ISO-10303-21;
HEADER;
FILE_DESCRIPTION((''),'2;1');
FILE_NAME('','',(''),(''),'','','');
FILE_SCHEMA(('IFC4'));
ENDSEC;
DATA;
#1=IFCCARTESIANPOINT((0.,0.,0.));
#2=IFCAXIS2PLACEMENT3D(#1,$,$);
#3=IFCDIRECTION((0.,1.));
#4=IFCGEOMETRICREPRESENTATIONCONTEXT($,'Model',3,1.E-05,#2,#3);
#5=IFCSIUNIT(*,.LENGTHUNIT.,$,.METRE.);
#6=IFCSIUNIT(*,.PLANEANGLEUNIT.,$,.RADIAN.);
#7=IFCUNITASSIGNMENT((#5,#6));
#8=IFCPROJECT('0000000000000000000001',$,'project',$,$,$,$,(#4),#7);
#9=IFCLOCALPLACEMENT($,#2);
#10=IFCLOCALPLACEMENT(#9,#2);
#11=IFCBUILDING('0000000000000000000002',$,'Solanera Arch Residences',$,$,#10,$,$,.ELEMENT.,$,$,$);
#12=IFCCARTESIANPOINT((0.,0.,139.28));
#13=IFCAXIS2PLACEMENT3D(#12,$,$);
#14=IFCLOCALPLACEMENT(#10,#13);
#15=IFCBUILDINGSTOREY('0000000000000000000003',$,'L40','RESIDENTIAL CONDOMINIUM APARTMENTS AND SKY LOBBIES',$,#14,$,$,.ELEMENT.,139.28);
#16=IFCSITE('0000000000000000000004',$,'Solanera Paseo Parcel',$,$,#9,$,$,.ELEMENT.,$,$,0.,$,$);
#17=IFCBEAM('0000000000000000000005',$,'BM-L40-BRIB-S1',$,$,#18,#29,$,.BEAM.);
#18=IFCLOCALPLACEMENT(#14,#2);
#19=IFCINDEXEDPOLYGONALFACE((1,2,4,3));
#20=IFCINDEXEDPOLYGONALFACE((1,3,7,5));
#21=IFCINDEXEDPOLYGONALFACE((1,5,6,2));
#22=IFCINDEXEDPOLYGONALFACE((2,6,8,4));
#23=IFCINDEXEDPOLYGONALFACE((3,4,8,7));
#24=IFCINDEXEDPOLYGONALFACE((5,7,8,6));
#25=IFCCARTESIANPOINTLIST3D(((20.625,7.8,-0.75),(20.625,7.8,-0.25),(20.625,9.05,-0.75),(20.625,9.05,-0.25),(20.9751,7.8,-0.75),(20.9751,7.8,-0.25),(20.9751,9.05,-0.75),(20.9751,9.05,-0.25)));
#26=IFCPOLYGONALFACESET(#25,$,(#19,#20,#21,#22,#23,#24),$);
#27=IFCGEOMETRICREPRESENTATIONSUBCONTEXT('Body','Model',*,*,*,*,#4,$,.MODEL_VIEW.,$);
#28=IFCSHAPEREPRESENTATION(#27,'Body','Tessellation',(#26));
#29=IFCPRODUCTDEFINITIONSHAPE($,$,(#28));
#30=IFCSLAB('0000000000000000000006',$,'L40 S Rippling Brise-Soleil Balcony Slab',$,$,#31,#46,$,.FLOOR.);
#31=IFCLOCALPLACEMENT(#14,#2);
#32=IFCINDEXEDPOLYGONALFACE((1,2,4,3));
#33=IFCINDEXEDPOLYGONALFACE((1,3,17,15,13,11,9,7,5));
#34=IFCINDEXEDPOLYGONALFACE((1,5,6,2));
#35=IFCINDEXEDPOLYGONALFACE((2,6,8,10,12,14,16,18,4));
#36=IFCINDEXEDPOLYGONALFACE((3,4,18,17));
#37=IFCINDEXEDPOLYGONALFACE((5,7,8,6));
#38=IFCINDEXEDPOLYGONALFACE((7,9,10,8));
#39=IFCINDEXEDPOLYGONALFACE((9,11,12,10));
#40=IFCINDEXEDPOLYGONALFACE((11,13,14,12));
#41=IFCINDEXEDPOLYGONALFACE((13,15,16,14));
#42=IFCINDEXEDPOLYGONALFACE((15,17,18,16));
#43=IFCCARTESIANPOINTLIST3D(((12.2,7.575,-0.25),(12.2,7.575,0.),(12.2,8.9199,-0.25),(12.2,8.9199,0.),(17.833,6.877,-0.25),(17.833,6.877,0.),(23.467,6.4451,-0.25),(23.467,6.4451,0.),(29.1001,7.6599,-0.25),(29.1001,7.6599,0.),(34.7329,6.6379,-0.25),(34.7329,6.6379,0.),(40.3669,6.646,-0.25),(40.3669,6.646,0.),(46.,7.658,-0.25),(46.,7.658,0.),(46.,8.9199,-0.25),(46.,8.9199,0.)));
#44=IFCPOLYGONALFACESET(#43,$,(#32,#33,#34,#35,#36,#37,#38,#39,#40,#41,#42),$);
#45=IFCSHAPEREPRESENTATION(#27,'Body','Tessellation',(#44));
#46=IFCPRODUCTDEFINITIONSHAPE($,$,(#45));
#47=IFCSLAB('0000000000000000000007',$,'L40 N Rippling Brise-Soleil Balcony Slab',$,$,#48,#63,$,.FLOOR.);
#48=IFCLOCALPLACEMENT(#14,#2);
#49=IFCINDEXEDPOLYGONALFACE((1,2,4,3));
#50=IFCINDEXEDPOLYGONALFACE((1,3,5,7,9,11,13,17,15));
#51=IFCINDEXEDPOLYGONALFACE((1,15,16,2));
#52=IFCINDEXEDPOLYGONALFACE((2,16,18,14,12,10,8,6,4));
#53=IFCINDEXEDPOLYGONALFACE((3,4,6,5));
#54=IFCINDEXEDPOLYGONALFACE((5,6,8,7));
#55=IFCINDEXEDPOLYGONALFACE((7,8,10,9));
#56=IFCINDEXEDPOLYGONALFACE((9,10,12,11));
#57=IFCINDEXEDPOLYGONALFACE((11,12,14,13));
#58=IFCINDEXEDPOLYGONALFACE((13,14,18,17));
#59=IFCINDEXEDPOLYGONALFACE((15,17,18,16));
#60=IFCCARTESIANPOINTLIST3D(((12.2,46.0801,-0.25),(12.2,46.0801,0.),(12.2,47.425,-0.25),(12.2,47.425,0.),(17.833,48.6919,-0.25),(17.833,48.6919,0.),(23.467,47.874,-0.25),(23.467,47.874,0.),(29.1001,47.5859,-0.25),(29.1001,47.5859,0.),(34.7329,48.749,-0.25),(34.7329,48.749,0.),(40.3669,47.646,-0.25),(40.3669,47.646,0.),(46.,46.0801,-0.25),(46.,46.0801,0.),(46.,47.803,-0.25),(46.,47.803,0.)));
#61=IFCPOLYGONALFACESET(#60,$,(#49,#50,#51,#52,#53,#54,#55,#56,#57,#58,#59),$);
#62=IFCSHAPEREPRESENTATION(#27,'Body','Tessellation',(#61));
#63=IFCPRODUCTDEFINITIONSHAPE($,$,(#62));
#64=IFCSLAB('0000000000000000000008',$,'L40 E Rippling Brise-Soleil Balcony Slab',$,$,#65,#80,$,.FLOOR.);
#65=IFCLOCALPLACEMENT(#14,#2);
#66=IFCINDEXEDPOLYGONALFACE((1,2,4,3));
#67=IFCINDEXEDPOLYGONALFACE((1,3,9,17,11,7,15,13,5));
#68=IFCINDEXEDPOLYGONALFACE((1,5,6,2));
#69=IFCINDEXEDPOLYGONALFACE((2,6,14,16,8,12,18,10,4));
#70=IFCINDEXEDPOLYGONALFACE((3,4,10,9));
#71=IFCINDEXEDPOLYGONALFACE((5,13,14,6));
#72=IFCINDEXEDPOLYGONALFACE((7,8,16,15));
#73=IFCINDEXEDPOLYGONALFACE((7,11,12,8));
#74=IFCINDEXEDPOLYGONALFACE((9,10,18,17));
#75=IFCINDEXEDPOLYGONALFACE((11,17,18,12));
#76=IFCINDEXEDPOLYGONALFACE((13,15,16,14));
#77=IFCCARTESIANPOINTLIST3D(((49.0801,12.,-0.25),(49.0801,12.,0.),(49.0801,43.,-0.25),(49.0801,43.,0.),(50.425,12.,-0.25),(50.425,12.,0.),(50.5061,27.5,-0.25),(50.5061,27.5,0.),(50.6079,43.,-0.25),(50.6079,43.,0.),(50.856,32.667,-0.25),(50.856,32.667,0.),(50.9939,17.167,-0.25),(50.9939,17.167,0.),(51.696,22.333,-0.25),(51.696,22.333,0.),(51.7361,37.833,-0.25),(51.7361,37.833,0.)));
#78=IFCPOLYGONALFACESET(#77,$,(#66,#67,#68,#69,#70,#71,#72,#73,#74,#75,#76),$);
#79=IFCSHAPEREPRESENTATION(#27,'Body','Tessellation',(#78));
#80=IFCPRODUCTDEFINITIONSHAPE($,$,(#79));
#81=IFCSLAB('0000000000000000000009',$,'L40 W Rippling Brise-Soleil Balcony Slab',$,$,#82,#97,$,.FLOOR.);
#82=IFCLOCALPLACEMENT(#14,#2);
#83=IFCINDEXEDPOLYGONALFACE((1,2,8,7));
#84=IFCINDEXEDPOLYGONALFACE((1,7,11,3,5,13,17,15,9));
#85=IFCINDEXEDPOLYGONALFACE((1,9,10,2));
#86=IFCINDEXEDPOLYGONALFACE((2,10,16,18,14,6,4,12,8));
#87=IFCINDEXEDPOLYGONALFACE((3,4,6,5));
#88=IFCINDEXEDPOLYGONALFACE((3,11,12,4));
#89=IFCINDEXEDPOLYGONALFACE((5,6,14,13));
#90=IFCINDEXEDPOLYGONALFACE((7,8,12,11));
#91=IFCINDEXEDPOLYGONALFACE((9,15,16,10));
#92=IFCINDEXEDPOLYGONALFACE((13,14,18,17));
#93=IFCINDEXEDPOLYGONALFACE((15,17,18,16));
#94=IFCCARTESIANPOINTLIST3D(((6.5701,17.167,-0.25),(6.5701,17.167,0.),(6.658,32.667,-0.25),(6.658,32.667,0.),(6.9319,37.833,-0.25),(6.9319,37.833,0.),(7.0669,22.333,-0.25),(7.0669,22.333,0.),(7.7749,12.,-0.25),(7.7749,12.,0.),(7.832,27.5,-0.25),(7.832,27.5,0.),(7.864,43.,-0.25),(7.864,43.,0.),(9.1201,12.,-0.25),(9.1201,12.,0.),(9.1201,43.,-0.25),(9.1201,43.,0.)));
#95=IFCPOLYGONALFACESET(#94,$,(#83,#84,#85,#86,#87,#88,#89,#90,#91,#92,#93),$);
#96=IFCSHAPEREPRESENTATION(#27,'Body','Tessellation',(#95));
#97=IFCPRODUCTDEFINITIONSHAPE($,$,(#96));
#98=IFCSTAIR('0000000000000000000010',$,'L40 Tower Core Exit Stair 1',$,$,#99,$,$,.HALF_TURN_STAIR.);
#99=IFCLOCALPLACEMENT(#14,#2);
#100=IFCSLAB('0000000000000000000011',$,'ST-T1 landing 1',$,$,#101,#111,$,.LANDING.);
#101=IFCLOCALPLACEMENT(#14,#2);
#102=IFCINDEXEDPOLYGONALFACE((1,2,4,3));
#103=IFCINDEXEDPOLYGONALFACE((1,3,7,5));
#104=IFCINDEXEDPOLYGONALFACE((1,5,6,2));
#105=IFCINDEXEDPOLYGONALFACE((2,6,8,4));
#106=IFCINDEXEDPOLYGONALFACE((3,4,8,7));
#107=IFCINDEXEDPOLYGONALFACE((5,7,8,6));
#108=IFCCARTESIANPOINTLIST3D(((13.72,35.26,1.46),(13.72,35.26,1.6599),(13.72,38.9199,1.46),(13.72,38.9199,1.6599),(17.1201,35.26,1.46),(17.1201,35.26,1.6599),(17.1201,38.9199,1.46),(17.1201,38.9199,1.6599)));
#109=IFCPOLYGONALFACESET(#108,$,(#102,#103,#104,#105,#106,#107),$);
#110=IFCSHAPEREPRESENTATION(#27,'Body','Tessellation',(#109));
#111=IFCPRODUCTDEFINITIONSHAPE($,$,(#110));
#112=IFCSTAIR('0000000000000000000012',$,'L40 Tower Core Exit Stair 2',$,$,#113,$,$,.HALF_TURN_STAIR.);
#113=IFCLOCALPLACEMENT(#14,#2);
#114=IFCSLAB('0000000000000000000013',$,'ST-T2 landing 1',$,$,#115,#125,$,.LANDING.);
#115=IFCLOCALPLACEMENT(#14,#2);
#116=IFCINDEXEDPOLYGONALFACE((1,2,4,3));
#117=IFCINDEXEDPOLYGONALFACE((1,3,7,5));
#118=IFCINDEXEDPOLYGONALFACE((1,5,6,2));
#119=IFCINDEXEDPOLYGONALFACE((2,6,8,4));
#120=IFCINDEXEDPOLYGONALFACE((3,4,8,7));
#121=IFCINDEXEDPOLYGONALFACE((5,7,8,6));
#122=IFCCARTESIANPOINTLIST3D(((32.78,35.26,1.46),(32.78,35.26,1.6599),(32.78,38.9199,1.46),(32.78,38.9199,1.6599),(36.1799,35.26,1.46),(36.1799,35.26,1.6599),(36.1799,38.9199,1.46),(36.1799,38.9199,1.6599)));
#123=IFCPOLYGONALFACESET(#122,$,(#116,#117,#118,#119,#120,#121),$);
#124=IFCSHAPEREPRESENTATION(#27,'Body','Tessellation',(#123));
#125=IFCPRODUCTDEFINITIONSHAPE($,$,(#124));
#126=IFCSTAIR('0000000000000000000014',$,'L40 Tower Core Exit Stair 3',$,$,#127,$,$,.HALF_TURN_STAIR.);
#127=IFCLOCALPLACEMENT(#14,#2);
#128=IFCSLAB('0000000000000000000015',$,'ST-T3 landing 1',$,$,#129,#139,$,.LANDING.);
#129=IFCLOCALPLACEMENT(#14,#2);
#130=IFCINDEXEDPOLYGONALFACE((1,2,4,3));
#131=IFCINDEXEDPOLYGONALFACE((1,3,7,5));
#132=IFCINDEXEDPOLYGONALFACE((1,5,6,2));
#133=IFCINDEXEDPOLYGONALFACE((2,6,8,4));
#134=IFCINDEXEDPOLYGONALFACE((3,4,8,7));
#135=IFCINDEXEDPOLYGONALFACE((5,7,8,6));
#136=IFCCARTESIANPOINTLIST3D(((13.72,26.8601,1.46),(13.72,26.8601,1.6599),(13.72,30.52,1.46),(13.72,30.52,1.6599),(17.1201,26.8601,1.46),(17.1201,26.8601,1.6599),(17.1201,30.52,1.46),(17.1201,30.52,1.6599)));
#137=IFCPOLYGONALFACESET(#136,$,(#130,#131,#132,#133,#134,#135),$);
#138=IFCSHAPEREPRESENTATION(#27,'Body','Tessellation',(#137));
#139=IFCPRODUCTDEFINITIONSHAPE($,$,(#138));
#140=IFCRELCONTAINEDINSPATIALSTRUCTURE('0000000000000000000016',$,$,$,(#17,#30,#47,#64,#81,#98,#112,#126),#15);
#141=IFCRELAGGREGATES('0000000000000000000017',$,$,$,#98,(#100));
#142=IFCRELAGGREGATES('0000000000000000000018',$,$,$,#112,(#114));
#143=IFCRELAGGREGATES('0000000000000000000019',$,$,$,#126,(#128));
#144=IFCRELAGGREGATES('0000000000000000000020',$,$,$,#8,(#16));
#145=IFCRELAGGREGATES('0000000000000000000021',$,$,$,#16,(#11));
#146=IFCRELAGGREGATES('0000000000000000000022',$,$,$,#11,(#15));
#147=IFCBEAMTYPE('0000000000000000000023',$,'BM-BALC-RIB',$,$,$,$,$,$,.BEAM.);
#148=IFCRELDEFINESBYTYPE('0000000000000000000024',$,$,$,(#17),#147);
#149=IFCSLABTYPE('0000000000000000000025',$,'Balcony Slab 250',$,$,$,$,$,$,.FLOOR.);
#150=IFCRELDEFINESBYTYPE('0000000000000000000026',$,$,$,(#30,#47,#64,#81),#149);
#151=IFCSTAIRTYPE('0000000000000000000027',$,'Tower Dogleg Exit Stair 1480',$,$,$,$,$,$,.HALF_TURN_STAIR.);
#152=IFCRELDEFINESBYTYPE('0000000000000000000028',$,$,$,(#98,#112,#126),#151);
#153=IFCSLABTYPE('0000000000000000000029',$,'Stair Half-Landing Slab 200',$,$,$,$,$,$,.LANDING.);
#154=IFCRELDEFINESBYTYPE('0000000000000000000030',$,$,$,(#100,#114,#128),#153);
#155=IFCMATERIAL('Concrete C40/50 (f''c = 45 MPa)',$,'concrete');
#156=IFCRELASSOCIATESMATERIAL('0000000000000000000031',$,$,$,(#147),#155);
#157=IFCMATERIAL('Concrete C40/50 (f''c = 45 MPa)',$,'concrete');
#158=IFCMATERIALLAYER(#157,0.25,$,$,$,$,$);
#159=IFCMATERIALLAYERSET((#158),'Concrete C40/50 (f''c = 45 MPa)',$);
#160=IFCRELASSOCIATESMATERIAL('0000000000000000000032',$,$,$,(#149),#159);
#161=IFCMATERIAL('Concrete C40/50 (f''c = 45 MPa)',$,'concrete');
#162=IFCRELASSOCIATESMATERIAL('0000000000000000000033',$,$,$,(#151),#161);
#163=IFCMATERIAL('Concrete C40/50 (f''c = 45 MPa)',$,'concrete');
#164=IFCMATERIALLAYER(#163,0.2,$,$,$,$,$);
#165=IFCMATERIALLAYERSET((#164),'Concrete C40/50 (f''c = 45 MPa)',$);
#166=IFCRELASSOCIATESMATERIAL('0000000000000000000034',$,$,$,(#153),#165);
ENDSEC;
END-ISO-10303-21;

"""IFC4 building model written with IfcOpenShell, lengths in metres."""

from ifc_helpers import new_model, si_unit, direction, frame, origin, origin_2d, place, context, subcontext, project, spatial, polyline, rectangle, outline, extrude, material, layer, layer_set, material_profile, profile_set, type_object, element, aggregate, save


model = new_model("IFC4")

# Units and contexts
model_context = context("Model", 3, precision=1e-05, world=origin(), true_north=direction((0.0, 1.0)))
body_context = subcontext(model_context, "Body", "Model", "MODEL_VIEW")
ifc_project = project(units=[si_unit("LENGTHUNIT", "METRE"), si_unit("PLANEANGLEUNIT", "RADIAN")], contexts=[model_context])

# Site, building, storey
site_placement = place(None, origin())
site = spatial("IfcSite", under=ifc_project, at=site_placement, Name="Solanera Paseo Parcel", CompositionType="ELEMENT", RefElevation=0.0)
building_placement = place(site_placement, origin())
building = spatial("IfcBuilding", under=site, at=building_placement, Name="Solanera Arch Residences", CompositionType="ELEMENT")
storey_placement = place(building_placement, frame((0.0, 0.0, 139.28)))
storey = spatial("IfcBuildingStorey", under=building, at=storey_placement, Name="L40", Description="RESIDENTIAL CONDOMINIUM APARTMENTS AND SKY LOBBIES", CompositionType="ELEMENT", Elevation=139.28)

# Beam
ifc_material_1 = material(Name="Concrete C40/50 (f'c = 45 MPa)", Category="concrete")
ifc_material_profile = material_profile(ifc_material_1, rectangle(XDim=0.3501, YDim=0.5, at=origin_2d()))
ifc_profile_set = profile_set([ifc_material_profile], Name="Concrete C40/50 (f'c = 45 MPa)")
beam_type = type_object("IfcBeamType", Name="BM-BALC-RIB", PredefinedType="BEAM", material=ifc_profile_set)
beam_placement = place(storey_placement, frame((20.8, 7.8, -0.5), z_axis=(0.0, 1.0, 0.0), x_axis=(-1.0, 0.0, 0.0)))
element("IfcBeam", 1, at=beam_placement, inside=storey, type_object=beam_type, Name="BM-L40-BRIB-S1", PredefinedType="BEAM", context=body_context, shape_type="SweptSolid", body=[
    extrude(rectangle(XDim=0.3501, YDim=0.5, at=origin_2d()), origin(), (0.0, 0.0, 1.0), 1.25),
])

# Slabs
ifc_material_2 = material(Name="Concrete C40/50 (f'c = 45 MPa)", Category="concrete")
ifc_layer_1 = layer(ifc_material_2, 0.25)
ifc_layer_set_1 = layer_set([ifc_layer_1], Name="Concrete C40/50 (f'c = 45 MPa)")
slab_type_1 = type_object("IfcSlabType", Name="Balcony Slab 250", PredefinedType="FLOOR", material=ifc_layer_set_1)
slab_1_placement = place(storey_placement, frame((0.0, 0.0, -0.25)))
element("IfcSlab", 2, at=slab_1_placement, inside=storey, type_object=slab_type_1, Name="L40 S Rippling Brise-Soleil Balcony Slab", PredefinedType="FLOOR", context=body_context, shape_type="SweptSolid", body=[
    extrude(outline(polyline([(12.2, 7.575), (17.833, 6.877), (23.467, 6.4451), (29.1001, 7.6599), (34.7329, 6.6379), (40.3669, 6.646), (46.0, 7.658), (46.0, 8.9199), (12.2, 8.9199), (12.2, 7.575)])), origin(), (0.0, 0.0, 1.0), 0.25),
])
slab_2_placement = place(storey_placement, frame((0.0, 0.0, -0.25)))
element("IfcSlab", 3, at=slab_2_placement, inside=storey, type_object=slab_type_1, Name="L40 N Rippling Brise-Soleil Balcony Slab", PredefinedType="FLOOR", context=body_context, shape_type="SweptSolid", body=[
    extrude(outline(polyline([(46.0, 47.803), (40.3669, 47.646), (34.7329, 48.749), (29.1001, 47.5859), (23.467, 47.874), (17.833, 48.6919), (12.2, 47.425), (12.2, 46.0801), (46.0, 46.0801), (46.0, 47.803)])), origin(), (0.0, 0.0, 1.0), 0.25),
])
slab_3_placement = place(storey_placement, frame((0.0, 0.0, -0.25)))
element("IfcSlab", 4, at=slab_3_placement, inside=storey, type_object=slab_type_1, Name="L40 E Rippling Brise-Soleil Balcony Slab", PredefinedType="FLOOR", context=body_context, shape_type="SweptSolid", body=[
    extrude(outline(polyline([(50.425, 12.0), (50.9939, 17.167), (51.696, 22.333), (50.5061, 27.5), (50.856, 32.667), (51.7361, 37.833), (50.6079, 43.0), (49.0801, 43.0), (49.0801, 12.0), (50.425, 12.0)])), origin(), (0.0, 0.0, 1.0), 0.25),
])
slab_4_placement = place(storey_placement, frame((0.0, 0.0, -0.25)))
element("IfcSlab", 5, at=slab_4_placement, inside=storey, type_object=slab_type_1, Name="L40 W Rippling Brise-Soleil Balcony Slab", PredefinedType="FLOOR", context=body_context, shape_type="SweptSolid", body=[
    extrude(outline(polyline([(7.864, 43.0), (6.9319, 37.833), (6.658, 32.667), (7.832, 27.5), (7.0669, 22.333), (6.5701, 17.167), (7.7749, 12.0), (9.1201, 12.0), (9.1201, 43.0), (7.864, 43.0)])), origin(), (0.0, 0.0, 1.0), 0.25),
])

# Stairs, slabs
ifc_material_3 = material(Name="Concrete C40/50 (f'c = 45 MPa)", Category="concrete")
stair_type = type_object("IfcStairType", Name="Tower Dogleg Exit Stair 1480", PredefinedType="HALF_TURN_STAIR", material=ifc_material_3)
stair_1_placement = place(storey_placement, origin())
stair_1 = element("IfcStair", 6, at=stair_1_placement, inside=storey, type_object=stair_type, Name="L40 Tower Core Exit Stair 1", PredefinedType="HALF_TURN_STAIR")
ifc_material_4 = material(Name="Concrete C40/50 (f'c = 45 MPa)", Category="concrete")
ifc_layer_2 = layer(ifc_material_4, 0.2)
ifc_layer_set_2 = layer_set([ifc_layer_2], Name="Concrete C40/50 (f'c = 45 MPa)")
slab_type_2 = type_object("IfcSlabType", Name="Stair Half-Landing Slab 200", PredefinedType="LANDING", material=ifc_layer_set_2)
slab_5_placement = place(storey_placement, frame((0.0, 0.0, 1.46)))
slab_5 = element("IfcSlab", 7, at=slab_5_placement, type_object=slab_type_2, Name="ST-T1 landing 1", PredefinedType="LANDING", context=body_context, shape_type="SweptSolid", body=[
    extrude(outline(polyline([(17.1201, 35.26), (17.1201, 38.9199), (13.72, 38.9199), (13.72, 35.26), (17.1201, 35.26)])), origin(), (0.0, 0.0, 1.0), 0.2),
])
aggregate(stair_1, [slab_5])
stair_2_placement = place(storey_placement, origin())
stair_2 = element("IfcStair", 8, at=stair_2_placement, inside=storey, type_object=stair_type, Name="L40 Tower Core Exit Stair 2", PredefinedType="HALF_TURN_STAIR")
slab_6_placement = place(storey_placement, frame((0.0, 0.0, 1.46)))
slab_6 = element("IfcSlab", 9, at=slab_6_placement, type_object=slab_type_2, Name="ST-T2 landing 1", PredefinedType="LANDING", context=body_context, shape_type="SweptSolid", body=[
    extrude(outline(polyline([(36.1799, 35.26), (36.1799, 38.9199), (32.78, 38.9199), (32.78, 35.26), (36.1799, 35.26)])), origin(), (0.0, 0.0, 1.0), 0.2),
])
aggregate(stair_2, [slab_6])
stair_3_placement = place(storey_placement, origin())
stair_3 = element("IfcStair", 10, at=stair_3_placement, inside=storey, type_object=stair_type, Name="L40 Tower Core Exit Stair 3", PredefinedType="HALF_TURN_STAIR")
slab_7_placement = place(storey_placement, frame((0.0, 0.0, 1.46)))
slab_7 = element("IfcSlab", 11, at=slab_7_placement, type_object=slab_type_2, Name="ST-T3 landing 1", PredefinedType="LANDING", context=body_context, shape_type="SweptSolid", body=[
    extrude(outline(polyline([(17.1201, 26.8601), (17.1201, 30.52), (13.72, 30.52), (13.72, 26.8601), (17.1201, 26.8601)])), origin(), (0.0, 0.0, 1.0), 0.2),
])
aggregate(stair_3, [slab_7])

save(model, "model.ifc")
